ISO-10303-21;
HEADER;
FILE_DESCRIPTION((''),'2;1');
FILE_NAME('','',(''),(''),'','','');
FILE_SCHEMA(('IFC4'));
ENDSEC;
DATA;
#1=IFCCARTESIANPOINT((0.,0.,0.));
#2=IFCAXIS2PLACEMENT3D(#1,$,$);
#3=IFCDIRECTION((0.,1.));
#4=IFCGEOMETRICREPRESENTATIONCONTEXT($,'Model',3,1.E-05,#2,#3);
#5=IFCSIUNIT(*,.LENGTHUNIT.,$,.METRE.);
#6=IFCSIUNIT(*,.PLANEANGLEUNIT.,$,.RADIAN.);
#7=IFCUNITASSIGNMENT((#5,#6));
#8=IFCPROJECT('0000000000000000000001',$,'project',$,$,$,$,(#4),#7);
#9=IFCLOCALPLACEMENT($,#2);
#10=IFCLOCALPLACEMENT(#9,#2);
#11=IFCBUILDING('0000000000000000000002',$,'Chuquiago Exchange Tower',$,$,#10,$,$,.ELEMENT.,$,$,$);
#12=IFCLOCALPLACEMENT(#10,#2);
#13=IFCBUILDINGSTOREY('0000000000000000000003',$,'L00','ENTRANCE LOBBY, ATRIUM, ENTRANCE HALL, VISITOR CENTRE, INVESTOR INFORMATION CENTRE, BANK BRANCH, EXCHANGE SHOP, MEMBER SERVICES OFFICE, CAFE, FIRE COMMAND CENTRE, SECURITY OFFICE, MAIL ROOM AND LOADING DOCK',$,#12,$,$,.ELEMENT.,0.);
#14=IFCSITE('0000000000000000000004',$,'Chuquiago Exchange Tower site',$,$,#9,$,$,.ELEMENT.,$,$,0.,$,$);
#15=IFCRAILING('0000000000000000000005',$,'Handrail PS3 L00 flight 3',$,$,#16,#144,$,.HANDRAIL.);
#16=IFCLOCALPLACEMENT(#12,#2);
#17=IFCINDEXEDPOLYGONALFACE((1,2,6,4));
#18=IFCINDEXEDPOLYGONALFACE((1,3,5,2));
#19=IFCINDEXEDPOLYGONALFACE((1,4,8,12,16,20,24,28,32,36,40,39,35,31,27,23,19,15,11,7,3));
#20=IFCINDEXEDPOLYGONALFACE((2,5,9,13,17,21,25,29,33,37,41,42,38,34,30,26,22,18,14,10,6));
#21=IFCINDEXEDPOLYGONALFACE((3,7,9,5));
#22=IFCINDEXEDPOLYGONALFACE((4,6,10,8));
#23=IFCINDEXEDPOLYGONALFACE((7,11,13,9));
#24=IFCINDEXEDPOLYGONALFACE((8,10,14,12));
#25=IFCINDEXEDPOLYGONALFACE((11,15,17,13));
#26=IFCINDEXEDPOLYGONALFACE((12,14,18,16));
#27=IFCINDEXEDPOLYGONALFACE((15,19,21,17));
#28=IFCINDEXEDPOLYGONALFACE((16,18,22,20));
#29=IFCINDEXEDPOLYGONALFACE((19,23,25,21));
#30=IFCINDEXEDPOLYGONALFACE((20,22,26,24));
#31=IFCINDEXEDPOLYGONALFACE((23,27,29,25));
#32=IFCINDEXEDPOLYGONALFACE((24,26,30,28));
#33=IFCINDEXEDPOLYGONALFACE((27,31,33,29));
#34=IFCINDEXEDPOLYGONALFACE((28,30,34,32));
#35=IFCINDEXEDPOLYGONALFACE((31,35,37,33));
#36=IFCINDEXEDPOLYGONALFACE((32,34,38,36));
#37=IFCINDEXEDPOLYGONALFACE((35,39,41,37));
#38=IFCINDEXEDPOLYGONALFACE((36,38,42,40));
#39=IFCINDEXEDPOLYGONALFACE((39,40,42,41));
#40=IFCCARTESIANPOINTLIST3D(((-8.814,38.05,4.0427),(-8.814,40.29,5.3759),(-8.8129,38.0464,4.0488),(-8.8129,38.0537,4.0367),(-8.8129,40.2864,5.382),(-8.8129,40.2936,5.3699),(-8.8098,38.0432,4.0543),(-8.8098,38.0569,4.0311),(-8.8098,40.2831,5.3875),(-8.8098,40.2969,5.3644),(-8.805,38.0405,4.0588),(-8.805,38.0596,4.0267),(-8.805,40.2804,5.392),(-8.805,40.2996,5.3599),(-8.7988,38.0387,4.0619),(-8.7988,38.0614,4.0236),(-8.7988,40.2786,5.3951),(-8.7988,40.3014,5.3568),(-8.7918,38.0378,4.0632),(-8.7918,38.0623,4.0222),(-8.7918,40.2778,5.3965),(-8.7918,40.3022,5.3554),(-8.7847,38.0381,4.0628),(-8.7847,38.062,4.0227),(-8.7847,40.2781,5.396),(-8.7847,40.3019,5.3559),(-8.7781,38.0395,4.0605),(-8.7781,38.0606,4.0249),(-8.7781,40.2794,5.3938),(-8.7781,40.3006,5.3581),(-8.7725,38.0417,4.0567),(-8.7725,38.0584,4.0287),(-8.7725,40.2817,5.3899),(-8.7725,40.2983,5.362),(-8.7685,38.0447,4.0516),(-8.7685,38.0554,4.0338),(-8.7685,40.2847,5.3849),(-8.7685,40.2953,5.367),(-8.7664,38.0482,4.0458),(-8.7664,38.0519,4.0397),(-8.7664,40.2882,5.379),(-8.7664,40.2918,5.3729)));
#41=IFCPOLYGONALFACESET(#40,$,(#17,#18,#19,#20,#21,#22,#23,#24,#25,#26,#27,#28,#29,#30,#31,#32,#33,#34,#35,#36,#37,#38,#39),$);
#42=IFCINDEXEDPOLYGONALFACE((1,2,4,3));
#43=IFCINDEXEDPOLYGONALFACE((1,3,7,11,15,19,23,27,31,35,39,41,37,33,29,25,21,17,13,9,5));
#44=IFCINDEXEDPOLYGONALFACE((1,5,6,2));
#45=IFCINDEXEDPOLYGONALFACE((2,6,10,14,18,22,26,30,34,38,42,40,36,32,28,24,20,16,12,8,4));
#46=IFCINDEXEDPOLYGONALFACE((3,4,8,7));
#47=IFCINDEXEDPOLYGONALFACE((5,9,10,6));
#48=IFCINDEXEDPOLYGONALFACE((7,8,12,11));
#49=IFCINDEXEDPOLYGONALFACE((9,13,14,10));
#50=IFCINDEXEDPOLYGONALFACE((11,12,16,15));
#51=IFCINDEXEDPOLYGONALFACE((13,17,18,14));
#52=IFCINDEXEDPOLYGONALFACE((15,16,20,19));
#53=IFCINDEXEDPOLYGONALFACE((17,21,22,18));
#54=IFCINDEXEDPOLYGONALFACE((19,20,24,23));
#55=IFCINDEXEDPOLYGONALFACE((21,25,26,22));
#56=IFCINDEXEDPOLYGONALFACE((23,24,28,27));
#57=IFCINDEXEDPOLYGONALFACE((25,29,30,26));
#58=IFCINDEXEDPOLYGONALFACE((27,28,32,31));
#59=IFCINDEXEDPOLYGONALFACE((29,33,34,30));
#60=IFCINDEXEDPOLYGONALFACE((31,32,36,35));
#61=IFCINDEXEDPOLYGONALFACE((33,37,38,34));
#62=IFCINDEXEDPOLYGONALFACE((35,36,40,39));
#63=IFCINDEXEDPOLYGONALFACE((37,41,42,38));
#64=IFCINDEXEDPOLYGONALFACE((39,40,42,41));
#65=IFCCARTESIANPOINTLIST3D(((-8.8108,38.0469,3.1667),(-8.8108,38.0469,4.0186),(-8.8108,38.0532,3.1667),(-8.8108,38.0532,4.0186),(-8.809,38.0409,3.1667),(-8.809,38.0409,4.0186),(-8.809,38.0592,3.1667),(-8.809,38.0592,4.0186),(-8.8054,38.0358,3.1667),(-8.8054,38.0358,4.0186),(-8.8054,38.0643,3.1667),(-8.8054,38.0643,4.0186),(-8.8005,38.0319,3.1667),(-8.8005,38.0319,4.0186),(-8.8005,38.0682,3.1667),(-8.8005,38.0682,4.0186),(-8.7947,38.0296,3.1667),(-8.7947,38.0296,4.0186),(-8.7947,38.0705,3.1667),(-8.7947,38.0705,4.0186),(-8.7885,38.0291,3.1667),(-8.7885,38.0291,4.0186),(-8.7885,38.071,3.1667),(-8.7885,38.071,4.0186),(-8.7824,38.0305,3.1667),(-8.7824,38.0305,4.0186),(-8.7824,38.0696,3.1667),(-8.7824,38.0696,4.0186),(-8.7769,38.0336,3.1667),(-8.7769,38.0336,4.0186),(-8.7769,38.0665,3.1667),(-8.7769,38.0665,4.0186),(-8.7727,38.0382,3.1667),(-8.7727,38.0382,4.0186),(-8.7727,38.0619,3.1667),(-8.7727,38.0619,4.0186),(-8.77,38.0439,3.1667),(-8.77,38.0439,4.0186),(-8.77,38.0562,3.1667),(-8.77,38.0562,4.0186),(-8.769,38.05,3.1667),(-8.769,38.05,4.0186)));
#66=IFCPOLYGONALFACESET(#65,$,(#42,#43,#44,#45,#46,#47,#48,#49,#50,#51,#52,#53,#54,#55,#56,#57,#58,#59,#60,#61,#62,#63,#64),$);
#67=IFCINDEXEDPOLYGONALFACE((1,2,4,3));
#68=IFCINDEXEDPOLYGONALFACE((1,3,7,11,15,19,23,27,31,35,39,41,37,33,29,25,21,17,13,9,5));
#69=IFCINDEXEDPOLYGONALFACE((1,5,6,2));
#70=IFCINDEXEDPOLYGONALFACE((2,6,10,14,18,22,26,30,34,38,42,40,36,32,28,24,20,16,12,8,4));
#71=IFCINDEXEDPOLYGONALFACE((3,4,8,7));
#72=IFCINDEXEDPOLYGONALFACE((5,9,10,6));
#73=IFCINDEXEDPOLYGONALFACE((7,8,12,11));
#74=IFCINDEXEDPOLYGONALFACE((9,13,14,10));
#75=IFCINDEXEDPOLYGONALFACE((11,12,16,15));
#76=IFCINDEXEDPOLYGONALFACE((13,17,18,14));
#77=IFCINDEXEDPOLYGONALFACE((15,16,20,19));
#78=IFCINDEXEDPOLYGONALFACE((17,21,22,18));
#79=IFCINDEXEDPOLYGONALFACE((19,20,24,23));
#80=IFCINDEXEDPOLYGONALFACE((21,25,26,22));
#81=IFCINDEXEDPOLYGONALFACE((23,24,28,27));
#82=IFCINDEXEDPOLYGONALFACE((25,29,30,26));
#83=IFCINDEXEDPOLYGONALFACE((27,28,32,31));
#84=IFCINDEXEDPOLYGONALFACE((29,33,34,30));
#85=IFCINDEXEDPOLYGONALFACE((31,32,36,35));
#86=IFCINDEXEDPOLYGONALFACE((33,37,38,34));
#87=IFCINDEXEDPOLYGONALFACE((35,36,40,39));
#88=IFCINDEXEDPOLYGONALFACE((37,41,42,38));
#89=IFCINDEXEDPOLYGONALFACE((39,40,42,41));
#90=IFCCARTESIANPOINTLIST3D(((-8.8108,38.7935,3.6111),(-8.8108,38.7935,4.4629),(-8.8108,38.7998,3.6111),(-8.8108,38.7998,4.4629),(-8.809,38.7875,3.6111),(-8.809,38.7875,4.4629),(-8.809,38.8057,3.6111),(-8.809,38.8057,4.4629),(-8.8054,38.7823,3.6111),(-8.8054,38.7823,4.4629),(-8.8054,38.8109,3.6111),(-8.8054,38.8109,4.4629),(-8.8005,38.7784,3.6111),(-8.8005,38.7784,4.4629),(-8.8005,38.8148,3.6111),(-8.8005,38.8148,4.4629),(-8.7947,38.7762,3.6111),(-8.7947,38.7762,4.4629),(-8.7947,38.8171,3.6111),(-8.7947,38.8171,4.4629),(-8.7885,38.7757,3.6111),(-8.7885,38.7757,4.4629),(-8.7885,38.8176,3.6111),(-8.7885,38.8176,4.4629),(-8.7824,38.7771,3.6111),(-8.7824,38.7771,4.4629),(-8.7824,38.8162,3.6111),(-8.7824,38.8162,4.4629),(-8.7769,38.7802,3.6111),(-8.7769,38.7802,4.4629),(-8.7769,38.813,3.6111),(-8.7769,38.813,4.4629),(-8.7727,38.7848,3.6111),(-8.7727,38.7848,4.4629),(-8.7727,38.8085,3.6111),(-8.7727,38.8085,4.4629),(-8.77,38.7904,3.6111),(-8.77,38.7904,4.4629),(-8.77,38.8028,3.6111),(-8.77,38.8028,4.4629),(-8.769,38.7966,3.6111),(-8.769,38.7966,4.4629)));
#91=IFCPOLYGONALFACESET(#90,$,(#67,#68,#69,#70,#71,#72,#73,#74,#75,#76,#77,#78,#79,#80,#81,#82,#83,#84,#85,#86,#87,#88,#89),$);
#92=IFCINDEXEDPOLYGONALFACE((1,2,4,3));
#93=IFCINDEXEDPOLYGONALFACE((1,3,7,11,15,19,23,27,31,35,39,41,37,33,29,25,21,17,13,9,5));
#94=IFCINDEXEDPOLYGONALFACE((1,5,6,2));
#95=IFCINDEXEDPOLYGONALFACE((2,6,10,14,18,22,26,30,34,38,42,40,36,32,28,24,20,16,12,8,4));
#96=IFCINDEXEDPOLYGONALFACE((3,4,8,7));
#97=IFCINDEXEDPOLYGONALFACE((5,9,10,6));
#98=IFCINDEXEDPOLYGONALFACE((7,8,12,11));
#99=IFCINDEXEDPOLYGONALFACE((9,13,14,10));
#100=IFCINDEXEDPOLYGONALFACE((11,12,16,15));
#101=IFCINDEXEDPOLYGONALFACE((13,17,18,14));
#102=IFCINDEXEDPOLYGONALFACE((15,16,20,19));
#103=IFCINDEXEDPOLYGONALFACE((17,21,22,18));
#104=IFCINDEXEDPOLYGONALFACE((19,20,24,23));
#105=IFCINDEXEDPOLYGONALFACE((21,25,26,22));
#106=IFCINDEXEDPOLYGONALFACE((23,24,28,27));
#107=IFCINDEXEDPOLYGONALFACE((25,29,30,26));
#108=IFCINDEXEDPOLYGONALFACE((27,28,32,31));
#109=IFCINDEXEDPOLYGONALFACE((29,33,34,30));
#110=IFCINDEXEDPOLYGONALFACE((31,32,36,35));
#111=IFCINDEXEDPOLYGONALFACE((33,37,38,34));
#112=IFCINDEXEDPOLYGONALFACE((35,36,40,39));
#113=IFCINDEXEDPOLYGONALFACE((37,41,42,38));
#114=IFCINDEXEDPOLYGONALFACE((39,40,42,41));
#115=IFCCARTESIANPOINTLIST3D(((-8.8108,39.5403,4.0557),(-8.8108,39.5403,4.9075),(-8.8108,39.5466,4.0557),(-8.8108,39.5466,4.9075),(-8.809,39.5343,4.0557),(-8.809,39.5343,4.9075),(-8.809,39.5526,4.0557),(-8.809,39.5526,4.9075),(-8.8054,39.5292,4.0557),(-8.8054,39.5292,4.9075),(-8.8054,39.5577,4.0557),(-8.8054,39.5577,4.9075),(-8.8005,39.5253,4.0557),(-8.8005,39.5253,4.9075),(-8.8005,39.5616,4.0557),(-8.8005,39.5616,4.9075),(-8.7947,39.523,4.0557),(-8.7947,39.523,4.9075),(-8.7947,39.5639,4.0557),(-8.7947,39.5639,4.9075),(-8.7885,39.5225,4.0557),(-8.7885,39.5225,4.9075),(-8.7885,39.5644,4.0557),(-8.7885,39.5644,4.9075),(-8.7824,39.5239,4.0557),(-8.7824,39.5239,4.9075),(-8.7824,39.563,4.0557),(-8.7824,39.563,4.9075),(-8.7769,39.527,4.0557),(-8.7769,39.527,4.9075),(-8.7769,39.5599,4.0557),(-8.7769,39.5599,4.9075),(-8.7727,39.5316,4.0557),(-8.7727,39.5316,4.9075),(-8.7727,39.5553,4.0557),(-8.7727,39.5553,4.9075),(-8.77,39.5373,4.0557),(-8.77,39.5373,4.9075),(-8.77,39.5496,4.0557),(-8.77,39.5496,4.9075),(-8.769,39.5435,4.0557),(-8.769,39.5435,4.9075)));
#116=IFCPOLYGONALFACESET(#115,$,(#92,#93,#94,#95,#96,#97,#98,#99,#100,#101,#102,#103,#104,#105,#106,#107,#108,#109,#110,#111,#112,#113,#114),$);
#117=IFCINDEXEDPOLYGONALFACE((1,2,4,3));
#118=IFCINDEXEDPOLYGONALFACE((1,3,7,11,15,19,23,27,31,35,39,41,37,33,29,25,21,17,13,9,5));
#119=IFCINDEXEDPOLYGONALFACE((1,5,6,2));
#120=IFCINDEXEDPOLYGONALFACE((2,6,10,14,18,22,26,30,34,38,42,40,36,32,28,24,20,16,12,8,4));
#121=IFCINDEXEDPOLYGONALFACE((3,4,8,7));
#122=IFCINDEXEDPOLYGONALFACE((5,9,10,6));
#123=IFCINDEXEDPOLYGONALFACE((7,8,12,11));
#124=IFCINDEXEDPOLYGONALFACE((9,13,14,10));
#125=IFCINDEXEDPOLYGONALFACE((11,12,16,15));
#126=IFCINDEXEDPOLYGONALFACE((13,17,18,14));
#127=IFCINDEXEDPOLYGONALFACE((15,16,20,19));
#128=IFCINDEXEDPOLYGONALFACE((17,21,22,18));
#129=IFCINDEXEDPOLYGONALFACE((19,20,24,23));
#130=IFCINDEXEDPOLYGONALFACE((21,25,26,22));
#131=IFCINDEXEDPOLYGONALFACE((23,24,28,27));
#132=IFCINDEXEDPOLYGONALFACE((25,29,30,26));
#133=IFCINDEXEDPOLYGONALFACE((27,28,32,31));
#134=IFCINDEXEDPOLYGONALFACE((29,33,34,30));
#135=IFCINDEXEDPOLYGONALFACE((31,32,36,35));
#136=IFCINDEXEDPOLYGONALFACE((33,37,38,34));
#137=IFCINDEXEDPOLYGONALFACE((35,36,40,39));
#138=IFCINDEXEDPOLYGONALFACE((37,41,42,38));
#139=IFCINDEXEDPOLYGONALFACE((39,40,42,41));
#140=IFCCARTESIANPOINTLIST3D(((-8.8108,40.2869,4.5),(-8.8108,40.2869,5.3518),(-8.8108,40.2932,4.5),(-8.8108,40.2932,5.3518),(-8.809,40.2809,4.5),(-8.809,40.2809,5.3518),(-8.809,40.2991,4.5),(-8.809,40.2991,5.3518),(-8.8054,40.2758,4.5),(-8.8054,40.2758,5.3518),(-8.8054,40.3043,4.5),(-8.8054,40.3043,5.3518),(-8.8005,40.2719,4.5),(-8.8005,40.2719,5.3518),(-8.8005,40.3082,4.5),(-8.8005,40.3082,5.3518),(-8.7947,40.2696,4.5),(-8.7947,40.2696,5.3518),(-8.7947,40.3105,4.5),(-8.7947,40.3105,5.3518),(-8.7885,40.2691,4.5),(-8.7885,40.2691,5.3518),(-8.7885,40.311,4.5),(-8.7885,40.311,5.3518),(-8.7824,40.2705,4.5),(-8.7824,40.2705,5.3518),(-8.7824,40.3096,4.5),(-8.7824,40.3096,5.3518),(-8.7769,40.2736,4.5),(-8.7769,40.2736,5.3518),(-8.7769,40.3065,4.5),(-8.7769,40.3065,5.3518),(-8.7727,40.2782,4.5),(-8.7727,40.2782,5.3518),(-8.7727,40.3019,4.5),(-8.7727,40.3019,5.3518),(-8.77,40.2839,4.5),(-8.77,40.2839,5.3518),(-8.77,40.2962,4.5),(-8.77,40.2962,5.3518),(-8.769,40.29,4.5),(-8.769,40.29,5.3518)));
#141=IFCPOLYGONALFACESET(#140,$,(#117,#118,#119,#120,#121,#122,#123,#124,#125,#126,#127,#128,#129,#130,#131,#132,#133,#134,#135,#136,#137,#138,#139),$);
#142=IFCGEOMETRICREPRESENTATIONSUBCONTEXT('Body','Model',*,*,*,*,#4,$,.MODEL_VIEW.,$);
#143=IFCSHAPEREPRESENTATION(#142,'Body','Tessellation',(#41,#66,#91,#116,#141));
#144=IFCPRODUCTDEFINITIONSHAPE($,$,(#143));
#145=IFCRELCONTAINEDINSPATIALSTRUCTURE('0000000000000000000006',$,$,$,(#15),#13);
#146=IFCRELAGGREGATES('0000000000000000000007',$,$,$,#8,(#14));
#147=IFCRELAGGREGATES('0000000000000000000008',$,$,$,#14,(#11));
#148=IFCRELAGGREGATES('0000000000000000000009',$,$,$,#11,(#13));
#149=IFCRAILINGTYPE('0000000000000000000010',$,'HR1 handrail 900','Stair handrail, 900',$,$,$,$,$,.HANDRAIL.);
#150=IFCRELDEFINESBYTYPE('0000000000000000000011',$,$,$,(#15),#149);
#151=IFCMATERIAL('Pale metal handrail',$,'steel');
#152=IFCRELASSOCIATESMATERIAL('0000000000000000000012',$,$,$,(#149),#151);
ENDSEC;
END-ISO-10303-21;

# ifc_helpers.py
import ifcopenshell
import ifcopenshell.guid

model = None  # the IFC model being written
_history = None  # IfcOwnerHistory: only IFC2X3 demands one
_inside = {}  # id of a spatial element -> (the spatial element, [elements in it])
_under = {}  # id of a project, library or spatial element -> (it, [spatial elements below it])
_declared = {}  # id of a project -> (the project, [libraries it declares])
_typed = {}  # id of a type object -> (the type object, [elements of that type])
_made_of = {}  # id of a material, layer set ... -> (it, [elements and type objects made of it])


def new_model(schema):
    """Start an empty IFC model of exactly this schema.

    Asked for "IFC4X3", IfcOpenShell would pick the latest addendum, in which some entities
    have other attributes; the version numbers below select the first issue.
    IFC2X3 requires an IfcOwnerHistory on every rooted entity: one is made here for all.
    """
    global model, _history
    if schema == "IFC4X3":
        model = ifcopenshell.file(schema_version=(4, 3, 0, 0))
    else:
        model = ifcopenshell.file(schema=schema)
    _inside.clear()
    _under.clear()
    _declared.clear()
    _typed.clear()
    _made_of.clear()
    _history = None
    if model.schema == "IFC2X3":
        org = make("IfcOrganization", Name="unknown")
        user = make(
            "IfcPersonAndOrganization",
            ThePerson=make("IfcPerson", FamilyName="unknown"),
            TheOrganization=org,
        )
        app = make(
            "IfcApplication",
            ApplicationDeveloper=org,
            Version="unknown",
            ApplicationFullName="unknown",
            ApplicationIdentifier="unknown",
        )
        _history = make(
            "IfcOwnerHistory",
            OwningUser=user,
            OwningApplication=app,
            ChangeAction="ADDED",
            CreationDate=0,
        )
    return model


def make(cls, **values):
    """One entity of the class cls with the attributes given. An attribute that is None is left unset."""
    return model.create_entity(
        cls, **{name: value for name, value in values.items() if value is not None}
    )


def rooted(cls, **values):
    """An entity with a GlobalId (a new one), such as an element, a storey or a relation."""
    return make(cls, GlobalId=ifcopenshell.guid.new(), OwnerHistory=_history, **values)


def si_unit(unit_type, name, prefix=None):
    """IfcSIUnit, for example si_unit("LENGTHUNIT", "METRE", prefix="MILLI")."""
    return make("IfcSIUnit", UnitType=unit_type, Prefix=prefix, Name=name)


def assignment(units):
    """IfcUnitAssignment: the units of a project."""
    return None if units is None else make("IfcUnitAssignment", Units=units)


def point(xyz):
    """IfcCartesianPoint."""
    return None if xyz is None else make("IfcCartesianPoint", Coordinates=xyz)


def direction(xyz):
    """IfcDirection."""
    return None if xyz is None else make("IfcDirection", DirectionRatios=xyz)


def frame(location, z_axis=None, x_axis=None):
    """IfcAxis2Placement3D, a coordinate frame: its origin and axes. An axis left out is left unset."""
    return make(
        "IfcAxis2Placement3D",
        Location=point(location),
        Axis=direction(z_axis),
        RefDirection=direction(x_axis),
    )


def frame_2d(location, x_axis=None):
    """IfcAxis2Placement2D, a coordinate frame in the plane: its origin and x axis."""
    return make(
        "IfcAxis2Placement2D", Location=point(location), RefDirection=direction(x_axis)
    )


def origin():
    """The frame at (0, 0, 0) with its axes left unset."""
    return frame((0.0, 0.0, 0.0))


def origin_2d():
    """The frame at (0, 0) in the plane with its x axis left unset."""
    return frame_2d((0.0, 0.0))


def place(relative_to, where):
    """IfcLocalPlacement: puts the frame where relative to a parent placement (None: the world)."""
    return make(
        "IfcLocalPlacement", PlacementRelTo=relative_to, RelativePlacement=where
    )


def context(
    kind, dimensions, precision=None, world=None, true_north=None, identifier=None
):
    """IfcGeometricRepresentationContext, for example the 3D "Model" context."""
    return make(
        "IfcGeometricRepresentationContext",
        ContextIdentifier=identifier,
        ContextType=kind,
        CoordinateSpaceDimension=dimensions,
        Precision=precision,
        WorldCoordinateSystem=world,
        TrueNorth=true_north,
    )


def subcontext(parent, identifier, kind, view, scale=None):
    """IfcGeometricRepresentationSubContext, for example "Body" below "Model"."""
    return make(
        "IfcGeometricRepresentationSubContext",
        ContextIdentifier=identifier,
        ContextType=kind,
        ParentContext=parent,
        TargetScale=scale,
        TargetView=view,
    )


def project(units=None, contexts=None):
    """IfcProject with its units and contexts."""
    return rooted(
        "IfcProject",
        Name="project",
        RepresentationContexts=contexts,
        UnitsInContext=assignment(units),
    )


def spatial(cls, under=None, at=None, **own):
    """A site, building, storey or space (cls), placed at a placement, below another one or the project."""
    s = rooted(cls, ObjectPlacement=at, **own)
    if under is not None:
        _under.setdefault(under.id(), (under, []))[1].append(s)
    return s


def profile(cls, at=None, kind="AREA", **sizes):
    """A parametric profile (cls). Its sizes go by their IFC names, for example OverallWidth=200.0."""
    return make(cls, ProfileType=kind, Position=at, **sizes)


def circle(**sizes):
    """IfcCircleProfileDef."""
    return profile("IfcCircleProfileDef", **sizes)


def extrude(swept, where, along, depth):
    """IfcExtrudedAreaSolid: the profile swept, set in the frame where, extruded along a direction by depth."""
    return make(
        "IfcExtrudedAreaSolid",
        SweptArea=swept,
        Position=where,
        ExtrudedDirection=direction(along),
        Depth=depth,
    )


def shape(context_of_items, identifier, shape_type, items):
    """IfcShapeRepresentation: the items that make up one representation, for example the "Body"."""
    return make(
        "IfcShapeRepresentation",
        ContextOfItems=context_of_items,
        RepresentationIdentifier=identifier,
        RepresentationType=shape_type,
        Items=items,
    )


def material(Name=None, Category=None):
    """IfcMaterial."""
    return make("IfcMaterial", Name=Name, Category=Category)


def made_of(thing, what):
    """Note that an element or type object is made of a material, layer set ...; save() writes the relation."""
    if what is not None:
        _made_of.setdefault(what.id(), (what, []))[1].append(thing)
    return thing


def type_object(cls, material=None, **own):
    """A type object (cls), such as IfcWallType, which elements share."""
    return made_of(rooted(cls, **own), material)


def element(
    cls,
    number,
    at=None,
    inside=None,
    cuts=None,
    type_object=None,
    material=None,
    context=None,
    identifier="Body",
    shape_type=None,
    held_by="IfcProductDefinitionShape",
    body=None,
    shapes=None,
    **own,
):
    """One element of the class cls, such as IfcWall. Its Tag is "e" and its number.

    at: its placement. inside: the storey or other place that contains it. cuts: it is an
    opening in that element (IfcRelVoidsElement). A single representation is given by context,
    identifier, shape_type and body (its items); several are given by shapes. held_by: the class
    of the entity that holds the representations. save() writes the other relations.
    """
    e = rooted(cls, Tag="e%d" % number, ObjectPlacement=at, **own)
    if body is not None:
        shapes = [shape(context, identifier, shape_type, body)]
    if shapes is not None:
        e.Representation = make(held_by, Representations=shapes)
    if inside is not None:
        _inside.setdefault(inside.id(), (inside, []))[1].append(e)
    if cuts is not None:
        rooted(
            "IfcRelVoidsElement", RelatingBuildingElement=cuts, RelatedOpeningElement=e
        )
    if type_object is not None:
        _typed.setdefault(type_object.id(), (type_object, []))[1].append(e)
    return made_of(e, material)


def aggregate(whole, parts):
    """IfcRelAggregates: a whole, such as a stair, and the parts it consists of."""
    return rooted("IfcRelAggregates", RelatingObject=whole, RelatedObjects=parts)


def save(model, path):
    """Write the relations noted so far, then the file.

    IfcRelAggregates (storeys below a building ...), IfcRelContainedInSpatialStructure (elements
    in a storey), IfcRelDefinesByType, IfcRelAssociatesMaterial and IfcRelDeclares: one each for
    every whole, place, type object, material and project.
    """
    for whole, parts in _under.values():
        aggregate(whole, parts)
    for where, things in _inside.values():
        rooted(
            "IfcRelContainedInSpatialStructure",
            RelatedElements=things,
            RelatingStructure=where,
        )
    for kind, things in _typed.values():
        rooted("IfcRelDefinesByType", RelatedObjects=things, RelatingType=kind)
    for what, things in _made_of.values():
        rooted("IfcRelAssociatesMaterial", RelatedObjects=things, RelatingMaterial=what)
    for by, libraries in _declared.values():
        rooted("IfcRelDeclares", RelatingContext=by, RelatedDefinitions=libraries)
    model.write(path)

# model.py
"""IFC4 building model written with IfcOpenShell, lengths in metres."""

from ifc_helpers import new_model, si_unit, direction, frame, origin, origin_2d, place, context, subcontext, project, spatial, circle, extrude, material, type_object, element, save


model = new_model("IFC4")

# Units and contexts
model_context = context("Model", 3, precision=1e-05, world=origin(), true_north=direction((0.0, 1.0)))
body_context = subcontext(model_context, "Body", "Model", "MODEL_VIEW")
ifc_project = project(units=[si_unit("LENGTHUNIT", "METRE"), si_unit("PLANEANGLEUNIT", "RADIAN")], contexts=[model_context])

# Site, building, storey
site_placement = place(None, origin())
site = spatial("IfcSite", under=ifc_project, at=site_placement, Name="Chuquiago Exchange Tower site", CompositionType="ELEMENT", RefElevation=0.0)
building_placement = place(site_placement, origin())
building = spatial("IfcBuilding", under=site, at=building_placement, Name="Chuquiago Exchange Tower", CompositionType="ELEMENT")
storey_placement = place(building_placement, origin())
storey = spatial("IfcBuildingStorey", under=building, at=storey_placement, Name="L00", Description="ENTRANCE LOBBY, ATRIUM, ENTRANCE HALL, VISITOR CENTRE, INVESTOR INFORMATION CENTRE, BANK BRANCH, EXCHANGE SHOP, MEMBER SERVICES OFFICE, CAFE, FIRE COMMAND CENTRE, SECURITY OFFICE, MAIL ROOM AND LOADING DOCK", CompositionType="ELEMENT", Elevation=0.0)

# Railing
ifc_material_1 = material(Name="Pale metal handrail", Category="steel")
railing_type = type_object("IfcRailingType", Name="HR1 handrail 900", Description="Stair handrail, 900", PredefinedType="HANDRAIL", material=ifc_material_1)
for number, where, name in (
    (1, (-8.79, 38.05, 3.1667), "Handrail PS3 L00 flight 3"),
):
    element("IfcRailing", number, at=place(storey_placement, frame(where)), inside=storey, type_object=railing_type, Name=name, PredefinedType="HANDRAIL", context=body_context, shape_type="SweptSolid", body=[
        extrude(circle(Radius=0.0239, at=origin_2d()), frame((0.0, 0.0, 0.876), z_axis=(0.0, 0.859306, 0.511462), x_axis=(-1.0, 0.0, 0.0)), (0.0, 0.0, 1.0), 2.6067),
        extrude(circle(Radius=0.021, at=origin_2d()), origin(), (0.0, 0.0, 1.0), 0.8518),
        extrude(circle(Radius=0.021, at=origin_2d()), frame((0.0, 0.7466, 0.4443)), (0.0, 0.0, 1.0), 0.8518),
        extrude(circle(Radius=0.021, at=origin_2d()), frame((0.0, 1.4934, 0.8889)), (0.0, 0.0, 1.0), 0.8518),
        extrude(circle(Radius=0.021, at=origin_2d()), frame((0.0, 2.24, 1.3333)), (0.0, 0.0, 1.0), 0.8518),
    ])

save(model, "model.ifc")
